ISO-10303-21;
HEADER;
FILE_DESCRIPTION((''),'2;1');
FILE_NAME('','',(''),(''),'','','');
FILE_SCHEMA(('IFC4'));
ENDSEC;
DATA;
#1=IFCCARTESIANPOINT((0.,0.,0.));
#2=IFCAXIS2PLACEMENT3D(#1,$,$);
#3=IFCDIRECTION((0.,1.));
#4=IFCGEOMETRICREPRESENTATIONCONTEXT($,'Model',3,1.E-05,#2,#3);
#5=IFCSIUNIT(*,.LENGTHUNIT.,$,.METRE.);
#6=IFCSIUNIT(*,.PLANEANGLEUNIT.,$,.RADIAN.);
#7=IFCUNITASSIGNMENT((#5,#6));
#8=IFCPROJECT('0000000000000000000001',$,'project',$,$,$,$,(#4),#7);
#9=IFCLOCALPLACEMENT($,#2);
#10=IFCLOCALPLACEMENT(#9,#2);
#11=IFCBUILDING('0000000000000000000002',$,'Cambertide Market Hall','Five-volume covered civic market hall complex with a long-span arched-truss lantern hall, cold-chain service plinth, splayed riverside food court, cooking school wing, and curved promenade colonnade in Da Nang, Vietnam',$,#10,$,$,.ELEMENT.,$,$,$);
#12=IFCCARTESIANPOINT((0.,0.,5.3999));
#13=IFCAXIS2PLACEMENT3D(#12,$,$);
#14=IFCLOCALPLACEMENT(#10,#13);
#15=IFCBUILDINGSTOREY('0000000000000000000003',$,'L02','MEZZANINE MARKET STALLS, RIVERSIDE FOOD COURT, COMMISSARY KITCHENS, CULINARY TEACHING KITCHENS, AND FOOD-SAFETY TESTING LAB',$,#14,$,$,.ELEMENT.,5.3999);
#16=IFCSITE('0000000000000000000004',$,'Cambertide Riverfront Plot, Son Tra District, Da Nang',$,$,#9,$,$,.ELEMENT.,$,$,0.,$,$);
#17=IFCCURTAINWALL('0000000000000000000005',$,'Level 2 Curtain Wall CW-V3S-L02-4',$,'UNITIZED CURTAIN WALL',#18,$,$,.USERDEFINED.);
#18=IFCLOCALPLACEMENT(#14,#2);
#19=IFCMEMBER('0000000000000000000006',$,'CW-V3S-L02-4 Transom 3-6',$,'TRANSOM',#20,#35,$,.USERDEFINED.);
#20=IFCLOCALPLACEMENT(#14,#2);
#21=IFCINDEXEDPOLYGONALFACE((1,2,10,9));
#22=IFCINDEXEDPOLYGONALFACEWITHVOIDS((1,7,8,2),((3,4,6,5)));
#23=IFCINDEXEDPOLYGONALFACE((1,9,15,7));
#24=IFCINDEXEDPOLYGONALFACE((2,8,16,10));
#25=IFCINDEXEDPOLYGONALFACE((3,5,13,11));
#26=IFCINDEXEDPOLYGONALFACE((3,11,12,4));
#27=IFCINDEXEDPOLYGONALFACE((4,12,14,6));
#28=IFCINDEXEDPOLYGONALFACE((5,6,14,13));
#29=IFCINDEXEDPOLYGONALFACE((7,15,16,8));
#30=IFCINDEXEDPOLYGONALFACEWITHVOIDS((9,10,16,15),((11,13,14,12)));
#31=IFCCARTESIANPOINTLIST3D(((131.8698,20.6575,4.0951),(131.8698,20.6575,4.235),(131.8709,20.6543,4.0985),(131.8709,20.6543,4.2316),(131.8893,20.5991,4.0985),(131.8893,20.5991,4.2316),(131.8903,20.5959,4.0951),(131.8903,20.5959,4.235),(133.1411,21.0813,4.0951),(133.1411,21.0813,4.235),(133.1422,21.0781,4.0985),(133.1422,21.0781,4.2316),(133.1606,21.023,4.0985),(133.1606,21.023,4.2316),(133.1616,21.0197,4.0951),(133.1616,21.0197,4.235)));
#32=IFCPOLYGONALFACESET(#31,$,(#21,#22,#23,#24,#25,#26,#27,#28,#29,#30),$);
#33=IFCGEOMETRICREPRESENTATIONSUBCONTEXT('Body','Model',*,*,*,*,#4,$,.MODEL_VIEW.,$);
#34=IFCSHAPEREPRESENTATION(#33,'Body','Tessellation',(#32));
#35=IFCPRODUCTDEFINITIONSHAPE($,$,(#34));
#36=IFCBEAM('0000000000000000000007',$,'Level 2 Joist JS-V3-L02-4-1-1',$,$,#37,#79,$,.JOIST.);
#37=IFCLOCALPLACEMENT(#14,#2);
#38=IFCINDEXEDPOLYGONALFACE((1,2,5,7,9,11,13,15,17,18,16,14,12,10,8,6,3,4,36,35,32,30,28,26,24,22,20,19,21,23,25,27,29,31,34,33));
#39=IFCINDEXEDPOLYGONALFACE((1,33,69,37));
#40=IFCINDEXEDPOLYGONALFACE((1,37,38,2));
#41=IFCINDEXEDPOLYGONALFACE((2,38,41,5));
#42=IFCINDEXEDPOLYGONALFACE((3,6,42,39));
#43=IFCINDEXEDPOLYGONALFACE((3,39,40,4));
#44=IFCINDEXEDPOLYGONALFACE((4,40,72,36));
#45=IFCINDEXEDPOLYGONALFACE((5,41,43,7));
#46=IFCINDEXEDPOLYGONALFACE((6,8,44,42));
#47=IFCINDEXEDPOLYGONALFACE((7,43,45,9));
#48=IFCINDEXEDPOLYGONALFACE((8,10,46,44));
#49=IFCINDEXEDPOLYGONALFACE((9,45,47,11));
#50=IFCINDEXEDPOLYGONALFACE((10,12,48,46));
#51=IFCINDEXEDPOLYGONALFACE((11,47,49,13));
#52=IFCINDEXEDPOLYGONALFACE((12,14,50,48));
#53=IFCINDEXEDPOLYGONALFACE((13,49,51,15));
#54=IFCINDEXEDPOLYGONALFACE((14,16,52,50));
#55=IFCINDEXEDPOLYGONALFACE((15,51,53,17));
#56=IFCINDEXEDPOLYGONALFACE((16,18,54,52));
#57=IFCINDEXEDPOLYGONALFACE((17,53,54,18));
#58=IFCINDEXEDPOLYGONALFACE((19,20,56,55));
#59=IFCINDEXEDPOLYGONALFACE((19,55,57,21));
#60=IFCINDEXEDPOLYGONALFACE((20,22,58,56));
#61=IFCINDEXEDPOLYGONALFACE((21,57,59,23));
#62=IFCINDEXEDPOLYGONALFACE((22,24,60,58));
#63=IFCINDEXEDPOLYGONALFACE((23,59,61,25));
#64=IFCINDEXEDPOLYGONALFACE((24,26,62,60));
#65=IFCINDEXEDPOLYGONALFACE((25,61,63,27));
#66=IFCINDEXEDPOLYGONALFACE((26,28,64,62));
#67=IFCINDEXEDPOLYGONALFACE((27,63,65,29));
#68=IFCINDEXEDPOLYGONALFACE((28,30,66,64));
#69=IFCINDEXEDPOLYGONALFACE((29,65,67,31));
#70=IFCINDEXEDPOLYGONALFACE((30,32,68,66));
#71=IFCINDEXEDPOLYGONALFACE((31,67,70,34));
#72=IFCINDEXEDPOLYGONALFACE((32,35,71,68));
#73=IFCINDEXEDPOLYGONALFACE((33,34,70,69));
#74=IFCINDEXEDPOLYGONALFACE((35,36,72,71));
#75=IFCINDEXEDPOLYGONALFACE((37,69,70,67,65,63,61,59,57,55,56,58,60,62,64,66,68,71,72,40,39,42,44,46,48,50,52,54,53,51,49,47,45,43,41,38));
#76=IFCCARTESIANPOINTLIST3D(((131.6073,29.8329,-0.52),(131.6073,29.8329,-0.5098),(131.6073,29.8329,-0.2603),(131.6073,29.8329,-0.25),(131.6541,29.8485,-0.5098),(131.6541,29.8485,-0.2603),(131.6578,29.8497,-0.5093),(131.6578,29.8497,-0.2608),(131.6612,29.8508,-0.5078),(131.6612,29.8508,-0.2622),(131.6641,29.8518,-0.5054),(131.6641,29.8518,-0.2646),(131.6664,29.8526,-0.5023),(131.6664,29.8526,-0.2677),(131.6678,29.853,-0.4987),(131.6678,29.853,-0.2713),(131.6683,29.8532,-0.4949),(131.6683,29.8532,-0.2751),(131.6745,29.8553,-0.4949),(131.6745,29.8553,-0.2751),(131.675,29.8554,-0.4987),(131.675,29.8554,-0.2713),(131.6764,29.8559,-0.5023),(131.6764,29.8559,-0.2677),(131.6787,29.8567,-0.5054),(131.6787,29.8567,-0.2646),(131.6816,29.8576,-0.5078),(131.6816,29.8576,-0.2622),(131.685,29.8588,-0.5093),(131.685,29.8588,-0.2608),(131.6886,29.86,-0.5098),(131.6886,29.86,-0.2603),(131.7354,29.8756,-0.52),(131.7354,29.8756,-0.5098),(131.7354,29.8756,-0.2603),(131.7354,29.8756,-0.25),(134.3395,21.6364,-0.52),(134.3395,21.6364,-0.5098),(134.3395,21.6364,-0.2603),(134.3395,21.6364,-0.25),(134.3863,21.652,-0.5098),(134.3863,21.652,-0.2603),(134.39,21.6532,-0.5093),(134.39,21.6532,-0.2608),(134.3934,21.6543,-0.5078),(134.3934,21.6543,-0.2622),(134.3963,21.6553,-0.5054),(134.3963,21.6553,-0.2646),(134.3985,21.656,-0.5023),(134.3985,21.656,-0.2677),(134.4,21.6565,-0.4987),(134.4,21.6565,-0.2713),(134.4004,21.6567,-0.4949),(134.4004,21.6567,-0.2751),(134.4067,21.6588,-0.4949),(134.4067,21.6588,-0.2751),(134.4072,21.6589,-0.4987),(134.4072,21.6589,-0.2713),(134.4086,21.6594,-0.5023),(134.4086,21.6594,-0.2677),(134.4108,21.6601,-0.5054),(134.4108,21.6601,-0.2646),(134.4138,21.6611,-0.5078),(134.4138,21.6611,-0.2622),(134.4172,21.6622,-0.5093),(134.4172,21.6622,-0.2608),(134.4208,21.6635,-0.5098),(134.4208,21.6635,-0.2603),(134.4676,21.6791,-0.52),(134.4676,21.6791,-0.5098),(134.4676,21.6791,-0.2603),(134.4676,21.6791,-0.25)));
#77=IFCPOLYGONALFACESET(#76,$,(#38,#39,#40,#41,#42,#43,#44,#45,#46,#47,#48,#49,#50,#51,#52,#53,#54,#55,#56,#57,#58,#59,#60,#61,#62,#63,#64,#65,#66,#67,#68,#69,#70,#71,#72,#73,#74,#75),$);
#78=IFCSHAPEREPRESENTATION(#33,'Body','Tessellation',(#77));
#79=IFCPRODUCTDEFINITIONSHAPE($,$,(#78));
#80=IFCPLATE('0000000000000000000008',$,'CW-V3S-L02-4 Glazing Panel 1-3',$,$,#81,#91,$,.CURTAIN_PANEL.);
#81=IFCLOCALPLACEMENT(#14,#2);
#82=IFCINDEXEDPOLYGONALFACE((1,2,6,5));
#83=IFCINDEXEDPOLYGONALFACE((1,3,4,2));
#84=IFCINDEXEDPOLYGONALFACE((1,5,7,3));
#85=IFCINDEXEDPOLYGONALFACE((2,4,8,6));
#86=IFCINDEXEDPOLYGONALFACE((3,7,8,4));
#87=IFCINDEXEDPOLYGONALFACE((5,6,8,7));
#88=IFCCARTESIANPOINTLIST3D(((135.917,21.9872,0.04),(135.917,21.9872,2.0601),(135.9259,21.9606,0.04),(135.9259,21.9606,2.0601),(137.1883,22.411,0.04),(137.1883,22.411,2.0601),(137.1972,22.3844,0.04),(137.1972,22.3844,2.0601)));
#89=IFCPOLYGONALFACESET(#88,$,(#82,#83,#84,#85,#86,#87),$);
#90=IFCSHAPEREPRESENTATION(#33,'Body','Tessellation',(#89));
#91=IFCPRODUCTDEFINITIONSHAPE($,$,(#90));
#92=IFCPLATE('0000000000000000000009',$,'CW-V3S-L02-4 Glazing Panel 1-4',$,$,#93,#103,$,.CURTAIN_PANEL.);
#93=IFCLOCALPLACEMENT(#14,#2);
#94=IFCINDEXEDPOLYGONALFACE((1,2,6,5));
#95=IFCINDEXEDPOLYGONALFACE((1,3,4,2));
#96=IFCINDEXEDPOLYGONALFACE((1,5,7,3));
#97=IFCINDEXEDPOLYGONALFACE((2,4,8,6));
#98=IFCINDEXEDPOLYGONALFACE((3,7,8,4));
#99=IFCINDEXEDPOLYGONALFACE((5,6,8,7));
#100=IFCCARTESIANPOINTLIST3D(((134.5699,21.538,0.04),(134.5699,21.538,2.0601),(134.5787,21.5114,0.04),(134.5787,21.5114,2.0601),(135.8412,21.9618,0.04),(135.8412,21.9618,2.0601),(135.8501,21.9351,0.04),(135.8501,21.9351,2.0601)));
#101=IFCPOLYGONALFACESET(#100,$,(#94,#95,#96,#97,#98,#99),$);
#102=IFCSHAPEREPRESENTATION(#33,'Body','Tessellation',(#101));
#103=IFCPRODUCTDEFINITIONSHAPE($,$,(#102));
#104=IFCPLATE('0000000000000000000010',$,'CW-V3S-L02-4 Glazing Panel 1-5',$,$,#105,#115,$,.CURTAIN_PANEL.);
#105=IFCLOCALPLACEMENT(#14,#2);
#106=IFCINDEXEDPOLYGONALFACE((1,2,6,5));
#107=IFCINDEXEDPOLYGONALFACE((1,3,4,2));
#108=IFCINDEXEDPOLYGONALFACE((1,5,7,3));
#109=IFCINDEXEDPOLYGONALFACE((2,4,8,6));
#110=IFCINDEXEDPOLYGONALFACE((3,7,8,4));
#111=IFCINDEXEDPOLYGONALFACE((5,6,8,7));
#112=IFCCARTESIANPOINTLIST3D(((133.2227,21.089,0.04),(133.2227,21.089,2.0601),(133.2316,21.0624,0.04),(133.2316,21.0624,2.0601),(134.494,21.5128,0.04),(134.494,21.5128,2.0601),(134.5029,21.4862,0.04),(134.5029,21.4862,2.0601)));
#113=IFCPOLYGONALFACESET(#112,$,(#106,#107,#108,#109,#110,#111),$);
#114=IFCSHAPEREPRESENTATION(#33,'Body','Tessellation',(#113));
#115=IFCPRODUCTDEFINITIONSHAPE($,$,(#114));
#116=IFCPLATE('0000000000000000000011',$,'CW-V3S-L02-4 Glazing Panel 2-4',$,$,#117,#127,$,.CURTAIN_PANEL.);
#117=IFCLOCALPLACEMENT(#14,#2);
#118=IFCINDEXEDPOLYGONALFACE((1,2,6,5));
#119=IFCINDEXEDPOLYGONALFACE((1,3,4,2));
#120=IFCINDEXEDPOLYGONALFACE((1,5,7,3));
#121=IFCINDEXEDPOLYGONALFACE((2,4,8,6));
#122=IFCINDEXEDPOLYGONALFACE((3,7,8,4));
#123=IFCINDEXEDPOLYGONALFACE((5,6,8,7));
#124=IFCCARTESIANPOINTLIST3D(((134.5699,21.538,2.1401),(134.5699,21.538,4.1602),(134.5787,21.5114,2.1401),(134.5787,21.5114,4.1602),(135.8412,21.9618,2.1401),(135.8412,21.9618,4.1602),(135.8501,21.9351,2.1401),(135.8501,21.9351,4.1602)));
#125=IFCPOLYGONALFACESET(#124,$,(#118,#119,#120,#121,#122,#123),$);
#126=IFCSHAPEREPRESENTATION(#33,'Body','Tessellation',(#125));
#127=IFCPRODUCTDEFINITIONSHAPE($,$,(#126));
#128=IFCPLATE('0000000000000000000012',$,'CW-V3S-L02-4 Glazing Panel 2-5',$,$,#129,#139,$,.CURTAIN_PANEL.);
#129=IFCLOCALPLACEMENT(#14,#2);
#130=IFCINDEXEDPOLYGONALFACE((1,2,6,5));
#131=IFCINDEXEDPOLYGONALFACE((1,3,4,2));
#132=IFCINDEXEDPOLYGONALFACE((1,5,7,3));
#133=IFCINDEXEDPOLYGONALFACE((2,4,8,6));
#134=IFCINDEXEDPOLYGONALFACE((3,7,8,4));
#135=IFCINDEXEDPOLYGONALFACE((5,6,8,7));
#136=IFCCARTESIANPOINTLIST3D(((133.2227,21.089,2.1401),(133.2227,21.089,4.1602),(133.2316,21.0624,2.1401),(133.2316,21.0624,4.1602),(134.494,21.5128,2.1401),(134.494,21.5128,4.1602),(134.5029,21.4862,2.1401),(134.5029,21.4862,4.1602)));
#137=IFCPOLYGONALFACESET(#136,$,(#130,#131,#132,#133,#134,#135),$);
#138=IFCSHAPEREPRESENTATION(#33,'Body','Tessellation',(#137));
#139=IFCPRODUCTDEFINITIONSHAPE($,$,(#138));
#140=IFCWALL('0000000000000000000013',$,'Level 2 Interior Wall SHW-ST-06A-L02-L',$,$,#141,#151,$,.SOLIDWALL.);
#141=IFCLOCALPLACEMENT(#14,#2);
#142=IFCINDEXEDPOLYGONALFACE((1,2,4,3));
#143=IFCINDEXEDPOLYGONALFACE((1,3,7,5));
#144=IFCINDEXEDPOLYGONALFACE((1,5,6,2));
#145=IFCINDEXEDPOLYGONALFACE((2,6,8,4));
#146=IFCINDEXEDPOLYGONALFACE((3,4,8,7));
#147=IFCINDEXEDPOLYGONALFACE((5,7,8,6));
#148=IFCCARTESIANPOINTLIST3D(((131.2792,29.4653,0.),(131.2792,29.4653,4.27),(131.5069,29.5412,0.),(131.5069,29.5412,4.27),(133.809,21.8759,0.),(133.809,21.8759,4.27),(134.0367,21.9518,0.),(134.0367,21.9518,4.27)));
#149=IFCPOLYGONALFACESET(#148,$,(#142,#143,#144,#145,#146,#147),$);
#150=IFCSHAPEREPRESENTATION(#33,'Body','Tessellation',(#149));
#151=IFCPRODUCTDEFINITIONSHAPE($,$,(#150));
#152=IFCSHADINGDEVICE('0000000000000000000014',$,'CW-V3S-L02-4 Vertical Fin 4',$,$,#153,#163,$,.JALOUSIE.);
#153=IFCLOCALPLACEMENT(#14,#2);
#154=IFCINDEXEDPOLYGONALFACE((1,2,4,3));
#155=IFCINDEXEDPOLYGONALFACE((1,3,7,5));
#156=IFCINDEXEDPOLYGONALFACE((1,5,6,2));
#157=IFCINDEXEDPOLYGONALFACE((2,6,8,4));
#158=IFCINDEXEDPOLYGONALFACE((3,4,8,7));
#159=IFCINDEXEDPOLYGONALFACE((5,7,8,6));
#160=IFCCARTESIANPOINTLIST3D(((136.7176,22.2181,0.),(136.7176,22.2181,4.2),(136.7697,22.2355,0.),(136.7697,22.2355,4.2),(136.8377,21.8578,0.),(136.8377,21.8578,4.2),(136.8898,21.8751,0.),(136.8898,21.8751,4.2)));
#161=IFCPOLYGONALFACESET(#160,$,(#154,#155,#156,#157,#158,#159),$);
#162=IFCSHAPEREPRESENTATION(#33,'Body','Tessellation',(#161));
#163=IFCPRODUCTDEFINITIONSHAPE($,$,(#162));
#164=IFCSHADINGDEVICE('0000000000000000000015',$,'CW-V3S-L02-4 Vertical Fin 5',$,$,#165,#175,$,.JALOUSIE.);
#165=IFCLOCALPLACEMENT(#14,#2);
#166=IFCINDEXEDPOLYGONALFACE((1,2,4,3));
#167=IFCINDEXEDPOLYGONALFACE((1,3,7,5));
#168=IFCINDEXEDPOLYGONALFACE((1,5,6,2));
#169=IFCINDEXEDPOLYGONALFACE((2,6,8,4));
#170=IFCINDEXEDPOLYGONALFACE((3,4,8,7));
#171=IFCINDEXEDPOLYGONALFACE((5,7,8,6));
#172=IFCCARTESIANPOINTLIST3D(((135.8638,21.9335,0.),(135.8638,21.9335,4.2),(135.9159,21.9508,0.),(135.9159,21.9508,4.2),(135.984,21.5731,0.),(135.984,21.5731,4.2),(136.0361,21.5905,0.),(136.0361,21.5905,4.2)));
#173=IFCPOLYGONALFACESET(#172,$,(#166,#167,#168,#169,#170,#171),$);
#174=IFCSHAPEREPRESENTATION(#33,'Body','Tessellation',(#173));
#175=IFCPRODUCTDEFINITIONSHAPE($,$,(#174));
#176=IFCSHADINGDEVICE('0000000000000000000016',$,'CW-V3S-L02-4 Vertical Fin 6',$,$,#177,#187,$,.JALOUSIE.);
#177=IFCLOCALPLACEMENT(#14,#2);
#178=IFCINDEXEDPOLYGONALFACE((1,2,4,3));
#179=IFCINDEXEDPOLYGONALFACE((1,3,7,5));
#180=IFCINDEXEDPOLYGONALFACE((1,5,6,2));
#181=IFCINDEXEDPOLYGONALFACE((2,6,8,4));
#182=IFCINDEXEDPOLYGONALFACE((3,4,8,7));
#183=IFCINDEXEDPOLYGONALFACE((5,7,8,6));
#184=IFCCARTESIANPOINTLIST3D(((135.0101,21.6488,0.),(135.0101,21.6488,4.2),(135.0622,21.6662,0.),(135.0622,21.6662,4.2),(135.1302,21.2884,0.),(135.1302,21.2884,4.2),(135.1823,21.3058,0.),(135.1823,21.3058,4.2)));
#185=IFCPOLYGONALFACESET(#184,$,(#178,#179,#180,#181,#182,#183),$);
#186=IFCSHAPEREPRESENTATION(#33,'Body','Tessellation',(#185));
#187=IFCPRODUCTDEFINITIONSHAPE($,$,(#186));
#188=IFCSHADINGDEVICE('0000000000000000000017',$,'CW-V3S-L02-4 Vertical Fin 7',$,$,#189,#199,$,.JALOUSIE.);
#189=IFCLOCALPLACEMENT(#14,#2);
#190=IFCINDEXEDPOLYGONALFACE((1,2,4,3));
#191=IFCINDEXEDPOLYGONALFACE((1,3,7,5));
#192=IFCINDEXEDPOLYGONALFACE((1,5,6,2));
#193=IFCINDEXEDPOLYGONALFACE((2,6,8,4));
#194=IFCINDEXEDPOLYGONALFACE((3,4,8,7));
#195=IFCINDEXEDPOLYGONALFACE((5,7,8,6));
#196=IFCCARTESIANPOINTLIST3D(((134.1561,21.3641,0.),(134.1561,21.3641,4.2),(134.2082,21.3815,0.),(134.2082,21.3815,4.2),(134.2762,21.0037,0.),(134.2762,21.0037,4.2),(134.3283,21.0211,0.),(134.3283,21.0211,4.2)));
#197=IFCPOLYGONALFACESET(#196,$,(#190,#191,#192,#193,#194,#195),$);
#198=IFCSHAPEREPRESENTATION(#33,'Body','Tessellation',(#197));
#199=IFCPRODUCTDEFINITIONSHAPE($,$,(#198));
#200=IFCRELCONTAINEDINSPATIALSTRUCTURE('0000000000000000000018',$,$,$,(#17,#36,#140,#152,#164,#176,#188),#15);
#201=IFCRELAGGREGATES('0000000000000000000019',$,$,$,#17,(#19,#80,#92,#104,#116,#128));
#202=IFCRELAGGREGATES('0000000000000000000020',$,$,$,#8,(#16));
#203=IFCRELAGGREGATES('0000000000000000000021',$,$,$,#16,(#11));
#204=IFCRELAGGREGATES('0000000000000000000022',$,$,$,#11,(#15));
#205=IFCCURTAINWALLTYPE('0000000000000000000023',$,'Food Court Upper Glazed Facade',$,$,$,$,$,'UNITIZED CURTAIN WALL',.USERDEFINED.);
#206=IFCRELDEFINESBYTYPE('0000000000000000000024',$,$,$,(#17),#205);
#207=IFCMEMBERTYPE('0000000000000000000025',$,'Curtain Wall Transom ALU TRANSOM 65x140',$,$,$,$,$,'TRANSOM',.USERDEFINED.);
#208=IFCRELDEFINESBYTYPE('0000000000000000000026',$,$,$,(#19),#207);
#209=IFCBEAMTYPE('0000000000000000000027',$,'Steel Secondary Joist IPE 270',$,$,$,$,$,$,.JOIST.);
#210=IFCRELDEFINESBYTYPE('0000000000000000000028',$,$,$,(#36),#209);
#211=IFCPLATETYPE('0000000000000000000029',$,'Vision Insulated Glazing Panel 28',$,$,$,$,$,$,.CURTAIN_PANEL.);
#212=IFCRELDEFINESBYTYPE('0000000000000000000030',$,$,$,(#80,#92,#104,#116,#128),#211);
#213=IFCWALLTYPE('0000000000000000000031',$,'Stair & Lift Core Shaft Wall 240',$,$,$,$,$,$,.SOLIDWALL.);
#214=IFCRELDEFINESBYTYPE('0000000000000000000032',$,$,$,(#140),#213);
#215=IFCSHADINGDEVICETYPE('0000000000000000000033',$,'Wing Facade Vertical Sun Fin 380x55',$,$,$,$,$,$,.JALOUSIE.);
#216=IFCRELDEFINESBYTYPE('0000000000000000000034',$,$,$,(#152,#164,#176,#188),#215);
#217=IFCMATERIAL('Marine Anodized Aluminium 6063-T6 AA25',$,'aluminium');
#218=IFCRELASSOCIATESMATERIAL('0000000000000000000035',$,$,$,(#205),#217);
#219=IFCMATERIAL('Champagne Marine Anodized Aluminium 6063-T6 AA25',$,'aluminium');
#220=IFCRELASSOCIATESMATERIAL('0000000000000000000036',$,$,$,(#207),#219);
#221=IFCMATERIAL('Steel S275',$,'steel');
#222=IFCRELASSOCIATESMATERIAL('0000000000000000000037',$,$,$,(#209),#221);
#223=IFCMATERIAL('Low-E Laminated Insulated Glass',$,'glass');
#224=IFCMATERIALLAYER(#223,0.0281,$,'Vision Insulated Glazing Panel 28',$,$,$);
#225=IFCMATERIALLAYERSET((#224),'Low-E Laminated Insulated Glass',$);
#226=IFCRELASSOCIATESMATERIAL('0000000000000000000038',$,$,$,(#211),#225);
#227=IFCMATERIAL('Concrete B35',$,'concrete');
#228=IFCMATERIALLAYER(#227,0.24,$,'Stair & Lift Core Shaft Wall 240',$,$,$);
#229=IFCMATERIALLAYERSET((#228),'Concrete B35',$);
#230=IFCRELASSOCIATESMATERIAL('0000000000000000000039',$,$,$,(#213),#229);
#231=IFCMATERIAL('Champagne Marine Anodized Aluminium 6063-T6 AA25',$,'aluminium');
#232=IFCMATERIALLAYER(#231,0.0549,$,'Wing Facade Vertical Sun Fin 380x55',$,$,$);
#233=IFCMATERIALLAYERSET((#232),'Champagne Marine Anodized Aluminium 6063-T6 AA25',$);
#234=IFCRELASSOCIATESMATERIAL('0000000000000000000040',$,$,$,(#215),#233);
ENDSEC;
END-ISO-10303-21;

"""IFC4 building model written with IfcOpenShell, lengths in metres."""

from ifc_helpers import new_model, si_unit, direction, frame, frame_2d, origin, origin_2d, place, context, subcontext, project, spatial, rectangle, hollow_rectangle, i_section, extrude, material, layer, layer_set, material_profile, profile_set, type_object, element, aggregate, save


model = new_model("IFC4")

# Units and contexts
model_context = context("Model", 3, precision=1e-05, world=origin(), true_north=direction((0.0, 1.0)))
body_context = subcontext(model_context, "Body", "Model", "MODEL_VIEW")
ifc_project = project(units=[si_unit("LENGTHUNIT", "METRE"), si_unit("PLANEANGLEUNIT", "RADIAN")], contexts=[model_context])

# Site, building, storey
site_placement = place(None, origin())
site = spatial("IfcSite", under=ifc_project, at=site_placement, Name="Cambertide Riverfront Plot, Son Tra District, Da Nang", CompositionType="ELEMENT", RefElevation=0.0)
building_placement = place(site_placement, origin())
building = spatial("IfcBuilding", under=site, at=building_placement, Name="Cambertide Market Hall", Description="Five-volume covered civic market hall complex with a long-span arched-truss lantern hall, cold-chain service plinth, splayed riverside food court, cooking school wing, and curved promenade colonnade in Da Nang, Vietnam", CompositionType="ELEMENT")
storey_placement = place(building_placement, frame((0.0, 0.0, 5.3999)))
storey = spatial("IfcBuildingStorey", under=building, at=storey_placement, Name="L02", Description="MEZZANINE MARKET STALLS, RIVERSIDE FOOD COURT, COMMISSARY KITCHENS, CULINARY TEACHING KITCHENS, AND FOOD-SAFETY TESTING LAB", CompositionType="ELEMENT", Elevation=5.3999)

# Curtain wall, member
ifc_material_1 = material(Name="Marine Anodized Aluminium 6063-T6 AA25", Category="aluminium")
curtain_wall_type = type_object("IfcCurtainWallType", Name="Food Court Upper Glazed Facade", ElementType="UNITIZED CURTAIN WALL", PredefinedType="USERDEFINED", material=ifc_material_1)
curtain_wall_placement = place(storey_placement, origin())
curtain_wall = element("IfcCurtainWall", 1, at=curtain_wall_placement, inside=storey, type_object=curtain_wall_type, Name="Level 2 Curtain Wall CW-V3S-L02-4", ObjectType="UNITIZED CURTAIN WALL", PredefinedType="USERDEFINED")
ifc_material_2 = material(Name="Champagne Marine Anodized Aluminium 6063-T6 AA25", Category="aluminium")
ifc_material_profile_1 = material_profile(ifc_material_2, hollow_rectangle(XDim=0.0649, YDim=0.1399, WallThickness=0.0034, at=origin_2d()), Name="ALU TRANSOM 65x140")
ifc_profile_set_1 = profile_set([ifc_material_profile_1], Name="Champagne Marine Anodized Aluminium 6063-T6 AA25")
member_type_1 = type_object("IfcMemberType", Name="Curtain Wall Transom ALU TRANSOM 65x140", ElementType="TRANSOM", PredefinedType="USERDEFINED", material=ifc_profile_set_1)
member_1_placement = place(storey_placement, frame((133.1514, 21.0505, 4.165), z_axis=(-0.948665, -0.316282, 0.0), x_axis=(0.316282, -0.948665, 0.0)))
member_1 = element("IfcMember", 2, at=member_1_placement, type_object=member_type_1, Name="CW-V3S-L02-4 Transom 3-6", ObjectType="TRANSOM", PredefinedType="USERDEFINED", context=body_context, shape_type="SweptSolid", body=[
    extrude(hollow_rectangle(XDim=0.0649, YDim=0.1399, WallThickness=0.0034, at=origin_2d()), origin(), (0.0, 0.0, 1.0), 1.3401),
])

# Beam
ifc_material_3 = material(Name="Steel S275", Category="steel")
ifc_material_profile_2 = material_profile(ifc_material_3, i_section(OverallWidth=0.135, OverallDepth=0.27, WebThickness=0.0066, FlangeThickness=0.0103, FilletRadius=0.0149, at=origin_2d()), Name="IPE 270")
ifc_profile_set_2 = profile_set([ifc_material_profile_2], Name="Steel S275")
beam_type = type_object("IfcBeamType", Name="Steel Secondary Joist IPE 270", PredefinedType="JOIST", material=ifc_profile_set_2)
beam_placement = place(storey_placement, frame((134.4036, 21.6577, -0.385), z_axis=(-0.316228, 0.948683, 0.0), x_axis=(-0.948683, -0.316228, 0.0)))
element("IfcBeam", 3, at=beam_placement, inside=storey, type_object=beam_type, Name="Level 2 Joist JS-V3-L02-4-1-1", PredefinedType="JOIST", context=body_context, shape_type="SweptSolid", body=[
    extrude(i_section(OverallWidth=0.135, OverallDepth=0.27, WebThickness=0.0066, FlangeThickness=0.0103, FilletRadius=0.0149, at=origin_2d()), origin(), (0.0, 0.0, 1.0), 8.6399),
])

# Plates
ifc_material_4 = material(Name="Low-E Laminated Insulated Glass", Category="glass")
ifc_layer_1 = layer(ifc_material_4, 0.0281, Name="Vision Insulated Glazing Panel 28")
ifc_layer_set_1 = layer_set([ifc_layer_1], Name="Low-E Laminated Insulated Glass")
plate_type = type_object("IfcPlateType", Name="Vision Insulated Glazing Panel 28", PredefinedType="CURTAIN_PANEL", material=ifc_layer_set_1)
plate_1_placement = place(storey_placement, frame((136.5571, 22.1858, 0.04), z_axis=(0.0, 0.0, 1.0), x_axis=(-0.948683, -0.316228, 0.0)))
plate_1 = element("IfcPlate", 4, at=plate_1_placement, type_object=plate_type, Name="CW-V3S-L02-4 Glazing Panel 1-3", PredefinedType="CURTAIN_PANEL", context=body_context, shape_type="SweptSolid", body=[
    extrude(rectangle(XDim=1.3401, YDim=0.0281, at=origin_2d()), origin(), (0.0, 0.0, 1.0), 2.02),
])
plate_2_placement = place(storey_placement, frame((135.21, 21.7366, 0.04), z_axis=(0.0, 0.0, 1.0), x_axis=(-0.948683, -0.316228, 0.0)))
plate_2 = element("IfcPlate", 5, at=plate_2_placement, type_object=plate_type, Name="CW-V3S-L02-4 Glazing Panel 1-4", PredefinedType="CURTAIN_PANEL", context=body_context, shape_type="SweptSolid", body=[
    extrude(rectangle(XDim=1.3401, YDim=0.0281, at=origin_2d()), origin(), (0.0, 0.0, 1.0), 2.02),
])
plate_3_placement = place(storey_placement, frame((133.8628, 21.2876, 0.04), z_axis=(0.0, 0.0, 1.0), x_axis=(-0.948683, -0.316228, 0.0)))
plate_3 = element("IfcPlate", 6, at=plate_3_placement, type_object=plate_type, Name="CW-V3S-L02-4 Glazing Panel 1-5", PredefinedType="CURTAIN_PANEL", context=body_context, shape_type="SweptSolid", body=[
    extrude(rectangle(XDim=1.3401, YDim=0.0281, at=origin_2d()), origin(), (0.0, 0.0, 1.0), 2.02),
])
plate_4_placement = place(storey_placement, frame((135.21, 21.7366, 2.1401), z_axis=(0.0, 0.0, 1.0), x_axis=(-0.948683, -0.316228, 0.0)))
plate_4 = element("IfcPlate", 7, at=plate_4_placement, type_object=plate_type, Name="CW-V3S-L02-4 Glazing Panel 2-4", PredefinedType="CURTAIN_PANEL", context=body_context, shape_type="SweptSolid", body=[
    extrude(rectangle(XDim=1.3401, YDim=0.0281, at=origin_2d()), origin(), (0.0, 0.0, 1.0), 2.02),
])
plate_5_placement = place(storey_placement, frame((133.8628, 21.2876, 2.1401), z_axis=(0.0, 0.0, 1.0), x_axis=(-0.948683, -0.316228, 0.0)))
plate_5 = element("IfcPlate", 8, at=plate_5_placement, type_object=plate_type, Name="CW-V3S-L02-4 Glazing Panel 2-5", PredefinedType="CURTAIN_PANEL", context=body_context, shape_type="SweptSolid", body=[
    extrude(rectangle(XDim=1.3401, YDim=0.0281, at=origin_2d()), origin(), (0.0, 0.0, 1.0), 2.02),
])
aggregate(curtain_wall, [member_1, plate_1, plate_2, plate_3, plate_4, plate_5])

# Wall
ifc_material_5 = material(Name="Concrete B35", Category="concrete")
ifc_layer_2 = layer(ifc_material_5, 0.24, Name="Stair & Lift Core Shaft Wall 240")
ifc_layer_set_2 = layer_set([ifc_layer_2], Name="Concrete B35")
wall_type = type_object("IfcWallType", Name="Stair & Lift Core Shaft Wall 240", PredefinedType="SOLIDWALL", material=ifc_layer_set_2)
wall_placement = place(storey_placement, frame((133.9229, 21.9138, 0.0), z_axis=(0.0, 0.0, 1.0), x_axis=(-0.316228, 0.948683, 0.0)))
element("IfcWall", 9, at=wall_placement, inside=storey, type_object=wall_type, Name="Level 2 Interior Wall SHW-ST-06A-L02-L", PredefinedType="SOLIDWALL", context=body_context, shape_type="SweptSolid", body=[
    extrude(rectangle(XDim=8.0, YDim=0.24, at=frame_2d((4.0, 0.0))), origin(), (0.0, 0.0, 1.0), 4.27),
])

# Shading devices
ifc_material_6 = material(Name="Champagne Marine Anodized Aluminium 6063-T6 AA25", Category="aluminium")
ifc_layer_3 = layer(ifc_material_6, 0.0549, Name="Wing Facade Vertical Sun Fin 380x55")
ifc_layer_set_3 = layer_set([ifc_layer_3], Name="Champagne Marine Anodized Aluminium 6063-T6 AA25")
shading_device_type = type_object("IfcShadingDeviceType", Name="Wing Facade Vertical Sun Fin 380x55", PredefinedType="JALOUSIE", material=ifc_layer_set_3)
for number, where, z_axis, x_axis, name in (
    (10, (136.8037, 22.0466, 0.0), (0.0, 0.0, 1.0), (-0.948683, -0.316228, 0.0), "CW-V3S-L02-4 Vertical Fin 4"),
    (11, (135.95, 21.762, 0.0), (0.0, 0.0, 1.0), (-0.948683, -0.316228, 0.0), "CW-V3S-L02-4 Vertical Fin 5"),
    (12, (135.0962, 21.4773, 0.0), (0.0, 0.0, 1.0), (-0.948683, -0.316228, 0.0), "CW-V3S-L02-4 Vertical Fin 6"),
    (13, (134.2422, 21.1926, 0.0), (0.0, 0.0, 1.0), (-0.948683, -0.316228, 0.0), "CW-V3S-L02-4 Vertical Fin 7"),
):
    element("IfcShadingDevice", number, at=place(storey_placement, frame(where, z_axis=z_axis, x_axis=x_axis)), inside=storey, type_object=shading_device_type, Name=name, PredefinedType="JALOUSIE", context=body_context, shape_type="SweptSolid", body=[
        extrude(rectangle(XDim=0.0549, YDim=0.3799, at=origin_2d()), origin(), (0.0, 0.0, 1.0), 4.2),
    ])

save(model, "model.ifc")
